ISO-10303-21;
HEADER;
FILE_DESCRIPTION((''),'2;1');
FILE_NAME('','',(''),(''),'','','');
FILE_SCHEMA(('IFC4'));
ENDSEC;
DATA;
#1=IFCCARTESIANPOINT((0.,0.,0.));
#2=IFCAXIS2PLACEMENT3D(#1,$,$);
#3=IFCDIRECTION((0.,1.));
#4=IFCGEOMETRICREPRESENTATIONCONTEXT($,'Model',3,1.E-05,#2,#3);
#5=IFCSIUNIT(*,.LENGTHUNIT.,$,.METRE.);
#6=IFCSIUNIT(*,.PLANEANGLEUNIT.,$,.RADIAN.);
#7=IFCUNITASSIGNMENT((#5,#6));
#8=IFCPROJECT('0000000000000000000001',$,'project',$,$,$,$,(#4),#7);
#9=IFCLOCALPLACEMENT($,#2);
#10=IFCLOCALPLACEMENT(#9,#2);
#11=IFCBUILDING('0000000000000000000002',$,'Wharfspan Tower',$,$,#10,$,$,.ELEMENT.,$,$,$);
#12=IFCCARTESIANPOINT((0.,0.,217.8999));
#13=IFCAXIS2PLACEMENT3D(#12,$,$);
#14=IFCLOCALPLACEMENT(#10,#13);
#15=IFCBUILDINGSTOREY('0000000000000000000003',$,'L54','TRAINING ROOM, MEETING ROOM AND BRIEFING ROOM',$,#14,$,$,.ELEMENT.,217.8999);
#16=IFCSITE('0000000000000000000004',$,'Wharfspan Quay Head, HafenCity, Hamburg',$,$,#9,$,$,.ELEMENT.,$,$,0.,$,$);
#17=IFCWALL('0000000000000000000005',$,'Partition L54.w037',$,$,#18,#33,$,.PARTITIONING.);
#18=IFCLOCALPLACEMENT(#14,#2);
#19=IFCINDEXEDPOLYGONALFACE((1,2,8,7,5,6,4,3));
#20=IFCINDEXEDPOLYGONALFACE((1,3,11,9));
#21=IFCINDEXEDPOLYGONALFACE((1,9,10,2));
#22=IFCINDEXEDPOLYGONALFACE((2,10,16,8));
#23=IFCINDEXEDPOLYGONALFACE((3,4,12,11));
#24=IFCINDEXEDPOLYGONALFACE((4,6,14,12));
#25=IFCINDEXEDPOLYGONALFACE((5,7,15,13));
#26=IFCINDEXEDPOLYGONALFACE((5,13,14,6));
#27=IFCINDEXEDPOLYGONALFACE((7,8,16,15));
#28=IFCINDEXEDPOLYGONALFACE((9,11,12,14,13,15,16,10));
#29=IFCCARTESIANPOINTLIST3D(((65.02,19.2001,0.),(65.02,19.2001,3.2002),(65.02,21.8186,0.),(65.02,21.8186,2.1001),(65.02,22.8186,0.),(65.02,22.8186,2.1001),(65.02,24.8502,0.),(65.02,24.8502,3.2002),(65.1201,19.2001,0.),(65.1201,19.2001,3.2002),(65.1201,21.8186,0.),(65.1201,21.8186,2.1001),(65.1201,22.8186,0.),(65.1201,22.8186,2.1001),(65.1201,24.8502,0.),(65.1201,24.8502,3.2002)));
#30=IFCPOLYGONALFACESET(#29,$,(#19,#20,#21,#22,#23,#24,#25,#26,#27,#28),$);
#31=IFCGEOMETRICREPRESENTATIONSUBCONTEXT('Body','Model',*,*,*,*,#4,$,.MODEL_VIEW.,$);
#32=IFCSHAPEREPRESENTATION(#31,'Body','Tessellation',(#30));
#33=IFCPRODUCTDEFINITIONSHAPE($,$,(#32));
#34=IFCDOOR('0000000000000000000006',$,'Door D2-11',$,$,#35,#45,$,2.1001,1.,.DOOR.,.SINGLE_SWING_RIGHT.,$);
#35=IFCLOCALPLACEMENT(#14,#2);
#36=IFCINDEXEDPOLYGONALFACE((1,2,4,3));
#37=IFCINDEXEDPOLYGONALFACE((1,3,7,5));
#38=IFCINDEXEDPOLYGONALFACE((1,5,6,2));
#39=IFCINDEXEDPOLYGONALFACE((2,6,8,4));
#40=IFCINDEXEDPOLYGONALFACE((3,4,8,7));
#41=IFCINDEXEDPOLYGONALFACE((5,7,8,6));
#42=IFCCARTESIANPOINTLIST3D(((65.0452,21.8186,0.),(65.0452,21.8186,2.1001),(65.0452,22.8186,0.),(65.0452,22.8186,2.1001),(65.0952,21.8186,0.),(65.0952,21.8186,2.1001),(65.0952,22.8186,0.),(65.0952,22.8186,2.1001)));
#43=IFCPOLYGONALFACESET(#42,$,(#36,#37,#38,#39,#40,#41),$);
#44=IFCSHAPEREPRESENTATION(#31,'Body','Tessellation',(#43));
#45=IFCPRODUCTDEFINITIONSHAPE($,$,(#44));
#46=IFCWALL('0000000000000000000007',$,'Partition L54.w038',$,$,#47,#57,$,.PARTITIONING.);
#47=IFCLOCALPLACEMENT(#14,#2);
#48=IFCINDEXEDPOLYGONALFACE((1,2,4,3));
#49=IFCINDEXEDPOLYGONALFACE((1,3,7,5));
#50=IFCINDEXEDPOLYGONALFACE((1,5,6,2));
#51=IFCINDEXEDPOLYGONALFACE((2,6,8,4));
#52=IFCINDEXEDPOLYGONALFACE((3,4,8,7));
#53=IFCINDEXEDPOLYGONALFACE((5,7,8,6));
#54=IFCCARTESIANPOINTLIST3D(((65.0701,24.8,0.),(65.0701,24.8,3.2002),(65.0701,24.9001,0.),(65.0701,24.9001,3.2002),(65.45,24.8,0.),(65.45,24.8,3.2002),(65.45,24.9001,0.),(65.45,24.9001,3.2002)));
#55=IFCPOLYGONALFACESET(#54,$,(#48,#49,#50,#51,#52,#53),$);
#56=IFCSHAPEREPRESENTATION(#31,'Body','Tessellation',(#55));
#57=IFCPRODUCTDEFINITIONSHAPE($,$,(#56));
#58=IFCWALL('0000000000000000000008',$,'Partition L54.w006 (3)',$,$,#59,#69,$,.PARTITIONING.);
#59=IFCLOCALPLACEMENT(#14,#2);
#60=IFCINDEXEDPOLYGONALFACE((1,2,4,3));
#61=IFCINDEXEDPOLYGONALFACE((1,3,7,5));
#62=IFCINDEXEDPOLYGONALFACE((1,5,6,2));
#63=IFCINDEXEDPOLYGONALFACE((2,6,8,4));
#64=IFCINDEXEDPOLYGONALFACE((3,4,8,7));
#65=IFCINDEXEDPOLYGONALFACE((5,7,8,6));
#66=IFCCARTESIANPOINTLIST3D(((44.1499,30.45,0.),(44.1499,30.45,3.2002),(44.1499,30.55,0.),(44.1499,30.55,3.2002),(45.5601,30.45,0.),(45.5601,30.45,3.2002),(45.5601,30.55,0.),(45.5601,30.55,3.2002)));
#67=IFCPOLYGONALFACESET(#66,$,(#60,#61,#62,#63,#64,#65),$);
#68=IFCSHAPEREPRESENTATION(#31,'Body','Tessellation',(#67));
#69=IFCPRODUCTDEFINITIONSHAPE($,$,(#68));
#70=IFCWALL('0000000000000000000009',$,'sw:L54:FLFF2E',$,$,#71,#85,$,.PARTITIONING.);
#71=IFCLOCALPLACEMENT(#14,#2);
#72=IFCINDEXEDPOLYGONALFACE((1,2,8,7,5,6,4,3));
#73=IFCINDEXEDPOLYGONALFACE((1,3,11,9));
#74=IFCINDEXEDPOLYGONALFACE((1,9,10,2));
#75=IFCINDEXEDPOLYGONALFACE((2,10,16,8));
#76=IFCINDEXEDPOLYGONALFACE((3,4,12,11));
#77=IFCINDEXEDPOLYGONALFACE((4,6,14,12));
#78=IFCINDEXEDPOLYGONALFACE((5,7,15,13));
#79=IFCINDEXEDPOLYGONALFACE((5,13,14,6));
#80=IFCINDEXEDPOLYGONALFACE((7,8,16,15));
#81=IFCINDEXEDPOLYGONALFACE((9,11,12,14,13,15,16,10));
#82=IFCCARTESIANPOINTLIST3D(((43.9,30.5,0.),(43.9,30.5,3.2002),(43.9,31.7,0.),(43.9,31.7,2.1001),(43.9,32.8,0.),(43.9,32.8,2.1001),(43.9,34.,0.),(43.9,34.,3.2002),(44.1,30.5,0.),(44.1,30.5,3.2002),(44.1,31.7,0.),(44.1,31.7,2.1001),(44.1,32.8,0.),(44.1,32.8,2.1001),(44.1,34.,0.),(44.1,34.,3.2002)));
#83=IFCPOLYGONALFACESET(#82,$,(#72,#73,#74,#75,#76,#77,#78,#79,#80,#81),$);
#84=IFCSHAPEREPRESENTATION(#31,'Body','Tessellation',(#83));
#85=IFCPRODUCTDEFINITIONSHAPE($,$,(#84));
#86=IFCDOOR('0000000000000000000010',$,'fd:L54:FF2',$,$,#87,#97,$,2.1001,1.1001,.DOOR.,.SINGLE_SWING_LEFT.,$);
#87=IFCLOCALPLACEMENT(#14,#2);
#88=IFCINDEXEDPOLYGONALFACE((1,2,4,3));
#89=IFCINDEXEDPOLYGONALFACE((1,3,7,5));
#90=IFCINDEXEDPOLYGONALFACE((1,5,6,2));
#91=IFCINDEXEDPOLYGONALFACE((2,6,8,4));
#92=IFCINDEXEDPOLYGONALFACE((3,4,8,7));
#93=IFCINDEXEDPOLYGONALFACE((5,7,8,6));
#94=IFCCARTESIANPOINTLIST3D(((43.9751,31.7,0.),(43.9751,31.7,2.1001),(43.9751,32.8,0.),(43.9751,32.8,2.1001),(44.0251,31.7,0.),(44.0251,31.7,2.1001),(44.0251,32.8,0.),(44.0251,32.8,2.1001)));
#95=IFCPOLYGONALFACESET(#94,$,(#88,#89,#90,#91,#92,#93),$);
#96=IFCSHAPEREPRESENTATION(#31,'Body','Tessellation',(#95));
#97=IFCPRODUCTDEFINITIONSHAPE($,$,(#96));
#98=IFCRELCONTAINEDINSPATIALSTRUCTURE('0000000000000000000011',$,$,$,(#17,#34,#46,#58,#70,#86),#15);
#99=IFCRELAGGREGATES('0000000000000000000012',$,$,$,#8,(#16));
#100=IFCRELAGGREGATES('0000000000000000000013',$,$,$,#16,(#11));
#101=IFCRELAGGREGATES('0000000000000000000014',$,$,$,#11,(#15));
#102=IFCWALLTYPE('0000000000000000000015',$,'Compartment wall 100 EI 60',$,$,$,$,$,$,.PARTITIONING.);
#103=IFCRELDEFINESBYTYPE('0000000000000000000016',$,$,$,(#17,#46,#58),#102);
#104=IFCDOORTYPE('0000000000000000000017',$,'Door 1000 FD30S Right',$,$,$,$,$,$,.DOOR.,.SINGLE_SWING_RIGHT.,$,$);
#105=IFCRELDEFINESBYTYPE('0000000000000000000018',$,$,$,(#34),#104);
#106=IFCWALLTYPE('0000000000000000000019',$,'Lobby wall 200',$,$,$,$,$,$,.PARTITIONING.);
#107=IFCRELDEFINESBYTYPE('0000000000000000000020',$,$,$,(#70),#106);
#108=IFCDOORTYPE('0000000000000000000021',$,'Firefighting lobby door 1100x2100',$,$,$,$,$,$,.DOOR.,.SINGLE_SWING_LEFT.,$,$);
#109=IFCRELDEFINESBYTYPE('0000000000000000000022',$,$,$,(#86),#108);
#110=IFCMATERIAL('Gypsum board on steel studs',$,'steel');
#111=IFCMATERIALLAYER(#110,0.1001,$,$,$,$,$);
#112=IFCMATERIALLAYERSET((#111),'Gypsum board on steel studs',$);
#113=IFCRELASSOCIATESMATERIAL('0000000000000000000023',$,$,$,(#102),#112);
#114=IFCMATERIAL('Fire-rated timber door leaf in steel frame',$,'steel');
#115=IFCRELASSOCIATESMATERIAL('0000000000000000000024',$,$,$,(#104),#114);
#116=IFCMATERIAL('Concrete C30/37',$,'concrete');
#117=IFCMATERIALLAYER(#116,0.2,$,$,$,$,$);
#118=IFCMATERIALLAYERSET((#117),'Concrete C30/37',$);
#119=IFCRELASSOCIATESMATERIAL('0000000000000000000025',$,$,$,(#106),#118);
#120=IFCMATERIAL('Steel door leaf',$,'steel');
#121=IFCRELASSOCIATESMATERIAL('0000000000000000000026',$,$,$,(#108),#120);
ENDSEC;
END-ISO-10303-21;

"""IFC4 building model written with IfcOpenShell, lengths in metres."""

from ifc_helpers import new_model, si_unit, direction, frame, frame_2d, origin, place, context, subcontext, project, spatial, rectangle, extrude, material, layer, layer_set, type_object, element, fill, save


model = new_model("IFC4")

# Units and contexts
model_context = context("Model", 3, precision=1e-05, world=origin(), true_north=direction((0.0, 1.0)))
body_context = subcontext(model_context, "Body", "Model", "MODEL_VIEW")
ifc_project = project(units=[si_unit("LENGTHUNIT", "METRE"), si_unit("PLANEANGLEUNIT", "RADIAN")], contexts=[model_context])

# Site, building, storey
site_placement = place(None, origin())
site = spatial("IfcSite", under=ifc_project, at=site_placement, Name="Wharfspan Quay Head, HafenCity, Hamburg", CompositionType="ELEMENT", RefElevation=0.0)
building_placement = place(site_placement, origin())
building = spatial("IfcBuilding", under=site, at=building_placement, Name="Wharfspan Tower", CompositionType="ELEMENT")
storey_placement = place(building_placement, frame((0.0, 0.0, 217.8999)))
storey = spatial("IfcBuildingStorey", under=building, at=storey_placement, Name="L54", Description="TRAINING ROOM, MEETING ROOM AND BRIEFING ROOM", CompositionType="ELEMENT", Elevation=217.8999)

# Shared definitions
ifc_material_1 = material(Name="Gypsum board on steel studs", Category="steel")
ifc_layer_1 = layer(ifc_material_1, 0.1001)
ifc_layer_set_1 = layer_set([ifc_layer_1], Name="Gypsum board on steel studs")
wall_type_1 = type_object("IfcWallType", Name="Compartment wall 100 EI 60", PredefinedType="PARTITIONING", material=ifc_layer_set_1)
ifc_material_2 = material(Name="Fire-rated timber door leaf in steel frame", Category="steel")
door_type_1 = type_object("IfcDoorType", Name="Door 1000 FD30S Right", OperationType="SINGLE_SWING_RIGHT", PredefinedType="DOOR", material=ifc_material_2)

# Wall, opening, door
wall_1_placement = place(storey_placement, frame((65.0701, 19.2, 0.0), z_axis=(0.0, 0.0, 1.0), x_axis=(0.0, 1.0, 0.0)))
wall_1 = element("IfcWall", 1, at=wall_1_placement, inside=storey, type_object=wall_type_1, Name="Partition L54.w037", PredefinedType="PARTITIONING", context=body_context, shape_type="SweptSolid", body=[
    extrude(rectangle(XDim=5.6501, YDim=0.1001, at=frame_2d((2.8252, 0.0))), origin(), (0.0, 0.0, 1.0), 3.2002),
])
opening_1_placement = place(wall_1_placement, frame((2.6187, 0.0, 0.0)))
opening_1 = element("IfcOpeningElement", 2, at=opening_1_placement, cuts=wall_1, PredefinedType="OPENING", context=body_context, shape_type="SweptSolid", body=[
    extrude(rectangle(XDim=1.0, YDim=2.1001, at=frame_2d((0.5, 1.05))), frame((0.0, 0.0601, 0.0), z_axis=(0.0, -1.0, 0.0), x_axis=(1.0, 0.0, 0.0)), (0.0, 0.0, 1.0), 0.1201),
])
door_1_placement = place(opening_1_placement, origin())
door_1 = element("IfcDoor", 3, at=door_1_placement, inside=storey, type_object=door_type_1, Name="Door D2-11", OperationType="SINGLE_SWING_RIGHT", OverallHeight=2.1001, OverallWidth=1.0, PredefinedType="DOOR", context=body_context, shape_type="SweptSolid", body=[
    extrude(rectangle(XDim=1.0, YDim=2.1001, at=frame_2d((0.5, 1.05))), frame((0.0, 0.0249, 0.0), z_axis=(0.0, -1.0, 0.0), x_axis=(1.0, 0.0, 0.0)), (0.0, 0.0, 1.0), 0.05),
])
fill(opening_1, door_1)

# Walls
wall_2_placement = place(storey_placement, frame((65.0701, 24.8501, 0.0), z_axis=(0.0, 0.0, 1.0), x_axis=(1.0, 0.0, 0.0)))
element("IfcWall", 4, at=wall_2_placement, inside=storey, type_object=wall_type_1, Name="Partition L54.w038", PredefinedType="PARTITIONING", context=body_context, shape_type="SweptSolid", body=[
    extrude(rectangle(XDim=0.3799, YDim=0.1001, at=frame_2d((0.1899, 0.0))), origin(), (0.0, 0.0, 1.0), 3.2002),
])
wall_3_placement = place(storey_placement, frame((44.1499, 30.5, 0.0), z_axis=(0.0, 0.0, 1.0), x_axis=(1.0, 0.0, 0.0)))
element("IfcWall", 5, at=wall_3_placement, inside=storey, type_object=wall_type_1, Name="Partition L54.w006 (3)", PredefinedType="PARTITIONING", context=body_context, shape_type="SweptSolid", body=[
    extrude(rectangle(XDim=1.4102, YDim=0.1001, at=frame_2d((0.7051, 0.0))), origin(), (0.0, 0.0, 1.0), 3.2002),
])

# Wall, opening, door
ifc_material_3 = material(Name="Concrete C30/37", Category="concrete")
ifc_layer_2 = layer(ifc_material_3, 0.2)
ifc_layer_set_2 = layer_set([ifc_layer_2], Name="Concrete C30/37")
wall_type_2 = type_object("IfcWallType", Name="Lobby wall 200", PredefinedType="PARTITIONING", material=ifc_layer_set_2)
wall_4_placement = place(storey_placement, frame((44.0, 30.5, 0.0), z_axis=(0.0, 0.0, 1.0), x_axis=(0.0, 1.0, 0.0)))
wall_4 = element("IfcWall", 6, at=wall_4_placement, inside=storey, type_object=wall_type_2, Name="sw:L54:FLFF2E", PredefinedType="PARTITIONING", context=body_context, shape_type="SweptSolid", body=[
    extrude(rectangle(XDim=3.5, YDim=0.2, at=frame_2d((1.75, 0.0))), origin(), (0.0, 0.0, 1.0), 3.2002),
])
opening_2_placement = place(wall_4_placement, frame((1.2, 0.0, 0.0)))
opening_2 = element("IfcOpeningElement", 7, at=opening_2_placement, cuts=wall_4, PredefinedType="OPENING", context=body_context, shape_type="SweptSolid", body=[
    extrude(rectangle(XDim=1.1001, YDim=2.1001, at=frame_2d((0.55, 1.05))), frame((0.0, 0.1099, 0.0), z_axis=(0.0, -1.0, 0.0), x_axis=(1.0, 0.0, 0.0)), (0.0, 0.0, 1.0), 0.22),
])
ifc_material_4 = material(Name="Steel door leaf", Category="steel")
door_type_2 = type_object("IfcDoorType", Name="Firefighting lobby door 1100x2100", OperationType="SINGLE_SWING_LEFT", PredefinedType="DOOR", material=ifc_material_4)
door_2_placement = place(opening_2_placement, origin())
door_2 = element("IfcDoor", 8, at=door_2_placement, inside=storey, type_object=door_type_2, Name="fd:L54:FF2", OperationType="SINGLE_SWING_LEFT", OverallHeight=2.1001, OverallWidth=1.1001, PredefinedType="DOOR", context=body_context, shape_type="SweptSolid", body=[
    extrude(rectangle(XDim=1.1001, YDim=2.1001, at=frame_2d((0.55, 1.05))), frame((0.0, 0.0249, 0.0), z_axis=(0.0, -1.0, 0.0), x_axis=(1.0, 0.0, 0.0)), (0.0, 0.0, 1.0), 0.05),
])
fill(opening_2, door_2)

save(model, "model.ifc")
